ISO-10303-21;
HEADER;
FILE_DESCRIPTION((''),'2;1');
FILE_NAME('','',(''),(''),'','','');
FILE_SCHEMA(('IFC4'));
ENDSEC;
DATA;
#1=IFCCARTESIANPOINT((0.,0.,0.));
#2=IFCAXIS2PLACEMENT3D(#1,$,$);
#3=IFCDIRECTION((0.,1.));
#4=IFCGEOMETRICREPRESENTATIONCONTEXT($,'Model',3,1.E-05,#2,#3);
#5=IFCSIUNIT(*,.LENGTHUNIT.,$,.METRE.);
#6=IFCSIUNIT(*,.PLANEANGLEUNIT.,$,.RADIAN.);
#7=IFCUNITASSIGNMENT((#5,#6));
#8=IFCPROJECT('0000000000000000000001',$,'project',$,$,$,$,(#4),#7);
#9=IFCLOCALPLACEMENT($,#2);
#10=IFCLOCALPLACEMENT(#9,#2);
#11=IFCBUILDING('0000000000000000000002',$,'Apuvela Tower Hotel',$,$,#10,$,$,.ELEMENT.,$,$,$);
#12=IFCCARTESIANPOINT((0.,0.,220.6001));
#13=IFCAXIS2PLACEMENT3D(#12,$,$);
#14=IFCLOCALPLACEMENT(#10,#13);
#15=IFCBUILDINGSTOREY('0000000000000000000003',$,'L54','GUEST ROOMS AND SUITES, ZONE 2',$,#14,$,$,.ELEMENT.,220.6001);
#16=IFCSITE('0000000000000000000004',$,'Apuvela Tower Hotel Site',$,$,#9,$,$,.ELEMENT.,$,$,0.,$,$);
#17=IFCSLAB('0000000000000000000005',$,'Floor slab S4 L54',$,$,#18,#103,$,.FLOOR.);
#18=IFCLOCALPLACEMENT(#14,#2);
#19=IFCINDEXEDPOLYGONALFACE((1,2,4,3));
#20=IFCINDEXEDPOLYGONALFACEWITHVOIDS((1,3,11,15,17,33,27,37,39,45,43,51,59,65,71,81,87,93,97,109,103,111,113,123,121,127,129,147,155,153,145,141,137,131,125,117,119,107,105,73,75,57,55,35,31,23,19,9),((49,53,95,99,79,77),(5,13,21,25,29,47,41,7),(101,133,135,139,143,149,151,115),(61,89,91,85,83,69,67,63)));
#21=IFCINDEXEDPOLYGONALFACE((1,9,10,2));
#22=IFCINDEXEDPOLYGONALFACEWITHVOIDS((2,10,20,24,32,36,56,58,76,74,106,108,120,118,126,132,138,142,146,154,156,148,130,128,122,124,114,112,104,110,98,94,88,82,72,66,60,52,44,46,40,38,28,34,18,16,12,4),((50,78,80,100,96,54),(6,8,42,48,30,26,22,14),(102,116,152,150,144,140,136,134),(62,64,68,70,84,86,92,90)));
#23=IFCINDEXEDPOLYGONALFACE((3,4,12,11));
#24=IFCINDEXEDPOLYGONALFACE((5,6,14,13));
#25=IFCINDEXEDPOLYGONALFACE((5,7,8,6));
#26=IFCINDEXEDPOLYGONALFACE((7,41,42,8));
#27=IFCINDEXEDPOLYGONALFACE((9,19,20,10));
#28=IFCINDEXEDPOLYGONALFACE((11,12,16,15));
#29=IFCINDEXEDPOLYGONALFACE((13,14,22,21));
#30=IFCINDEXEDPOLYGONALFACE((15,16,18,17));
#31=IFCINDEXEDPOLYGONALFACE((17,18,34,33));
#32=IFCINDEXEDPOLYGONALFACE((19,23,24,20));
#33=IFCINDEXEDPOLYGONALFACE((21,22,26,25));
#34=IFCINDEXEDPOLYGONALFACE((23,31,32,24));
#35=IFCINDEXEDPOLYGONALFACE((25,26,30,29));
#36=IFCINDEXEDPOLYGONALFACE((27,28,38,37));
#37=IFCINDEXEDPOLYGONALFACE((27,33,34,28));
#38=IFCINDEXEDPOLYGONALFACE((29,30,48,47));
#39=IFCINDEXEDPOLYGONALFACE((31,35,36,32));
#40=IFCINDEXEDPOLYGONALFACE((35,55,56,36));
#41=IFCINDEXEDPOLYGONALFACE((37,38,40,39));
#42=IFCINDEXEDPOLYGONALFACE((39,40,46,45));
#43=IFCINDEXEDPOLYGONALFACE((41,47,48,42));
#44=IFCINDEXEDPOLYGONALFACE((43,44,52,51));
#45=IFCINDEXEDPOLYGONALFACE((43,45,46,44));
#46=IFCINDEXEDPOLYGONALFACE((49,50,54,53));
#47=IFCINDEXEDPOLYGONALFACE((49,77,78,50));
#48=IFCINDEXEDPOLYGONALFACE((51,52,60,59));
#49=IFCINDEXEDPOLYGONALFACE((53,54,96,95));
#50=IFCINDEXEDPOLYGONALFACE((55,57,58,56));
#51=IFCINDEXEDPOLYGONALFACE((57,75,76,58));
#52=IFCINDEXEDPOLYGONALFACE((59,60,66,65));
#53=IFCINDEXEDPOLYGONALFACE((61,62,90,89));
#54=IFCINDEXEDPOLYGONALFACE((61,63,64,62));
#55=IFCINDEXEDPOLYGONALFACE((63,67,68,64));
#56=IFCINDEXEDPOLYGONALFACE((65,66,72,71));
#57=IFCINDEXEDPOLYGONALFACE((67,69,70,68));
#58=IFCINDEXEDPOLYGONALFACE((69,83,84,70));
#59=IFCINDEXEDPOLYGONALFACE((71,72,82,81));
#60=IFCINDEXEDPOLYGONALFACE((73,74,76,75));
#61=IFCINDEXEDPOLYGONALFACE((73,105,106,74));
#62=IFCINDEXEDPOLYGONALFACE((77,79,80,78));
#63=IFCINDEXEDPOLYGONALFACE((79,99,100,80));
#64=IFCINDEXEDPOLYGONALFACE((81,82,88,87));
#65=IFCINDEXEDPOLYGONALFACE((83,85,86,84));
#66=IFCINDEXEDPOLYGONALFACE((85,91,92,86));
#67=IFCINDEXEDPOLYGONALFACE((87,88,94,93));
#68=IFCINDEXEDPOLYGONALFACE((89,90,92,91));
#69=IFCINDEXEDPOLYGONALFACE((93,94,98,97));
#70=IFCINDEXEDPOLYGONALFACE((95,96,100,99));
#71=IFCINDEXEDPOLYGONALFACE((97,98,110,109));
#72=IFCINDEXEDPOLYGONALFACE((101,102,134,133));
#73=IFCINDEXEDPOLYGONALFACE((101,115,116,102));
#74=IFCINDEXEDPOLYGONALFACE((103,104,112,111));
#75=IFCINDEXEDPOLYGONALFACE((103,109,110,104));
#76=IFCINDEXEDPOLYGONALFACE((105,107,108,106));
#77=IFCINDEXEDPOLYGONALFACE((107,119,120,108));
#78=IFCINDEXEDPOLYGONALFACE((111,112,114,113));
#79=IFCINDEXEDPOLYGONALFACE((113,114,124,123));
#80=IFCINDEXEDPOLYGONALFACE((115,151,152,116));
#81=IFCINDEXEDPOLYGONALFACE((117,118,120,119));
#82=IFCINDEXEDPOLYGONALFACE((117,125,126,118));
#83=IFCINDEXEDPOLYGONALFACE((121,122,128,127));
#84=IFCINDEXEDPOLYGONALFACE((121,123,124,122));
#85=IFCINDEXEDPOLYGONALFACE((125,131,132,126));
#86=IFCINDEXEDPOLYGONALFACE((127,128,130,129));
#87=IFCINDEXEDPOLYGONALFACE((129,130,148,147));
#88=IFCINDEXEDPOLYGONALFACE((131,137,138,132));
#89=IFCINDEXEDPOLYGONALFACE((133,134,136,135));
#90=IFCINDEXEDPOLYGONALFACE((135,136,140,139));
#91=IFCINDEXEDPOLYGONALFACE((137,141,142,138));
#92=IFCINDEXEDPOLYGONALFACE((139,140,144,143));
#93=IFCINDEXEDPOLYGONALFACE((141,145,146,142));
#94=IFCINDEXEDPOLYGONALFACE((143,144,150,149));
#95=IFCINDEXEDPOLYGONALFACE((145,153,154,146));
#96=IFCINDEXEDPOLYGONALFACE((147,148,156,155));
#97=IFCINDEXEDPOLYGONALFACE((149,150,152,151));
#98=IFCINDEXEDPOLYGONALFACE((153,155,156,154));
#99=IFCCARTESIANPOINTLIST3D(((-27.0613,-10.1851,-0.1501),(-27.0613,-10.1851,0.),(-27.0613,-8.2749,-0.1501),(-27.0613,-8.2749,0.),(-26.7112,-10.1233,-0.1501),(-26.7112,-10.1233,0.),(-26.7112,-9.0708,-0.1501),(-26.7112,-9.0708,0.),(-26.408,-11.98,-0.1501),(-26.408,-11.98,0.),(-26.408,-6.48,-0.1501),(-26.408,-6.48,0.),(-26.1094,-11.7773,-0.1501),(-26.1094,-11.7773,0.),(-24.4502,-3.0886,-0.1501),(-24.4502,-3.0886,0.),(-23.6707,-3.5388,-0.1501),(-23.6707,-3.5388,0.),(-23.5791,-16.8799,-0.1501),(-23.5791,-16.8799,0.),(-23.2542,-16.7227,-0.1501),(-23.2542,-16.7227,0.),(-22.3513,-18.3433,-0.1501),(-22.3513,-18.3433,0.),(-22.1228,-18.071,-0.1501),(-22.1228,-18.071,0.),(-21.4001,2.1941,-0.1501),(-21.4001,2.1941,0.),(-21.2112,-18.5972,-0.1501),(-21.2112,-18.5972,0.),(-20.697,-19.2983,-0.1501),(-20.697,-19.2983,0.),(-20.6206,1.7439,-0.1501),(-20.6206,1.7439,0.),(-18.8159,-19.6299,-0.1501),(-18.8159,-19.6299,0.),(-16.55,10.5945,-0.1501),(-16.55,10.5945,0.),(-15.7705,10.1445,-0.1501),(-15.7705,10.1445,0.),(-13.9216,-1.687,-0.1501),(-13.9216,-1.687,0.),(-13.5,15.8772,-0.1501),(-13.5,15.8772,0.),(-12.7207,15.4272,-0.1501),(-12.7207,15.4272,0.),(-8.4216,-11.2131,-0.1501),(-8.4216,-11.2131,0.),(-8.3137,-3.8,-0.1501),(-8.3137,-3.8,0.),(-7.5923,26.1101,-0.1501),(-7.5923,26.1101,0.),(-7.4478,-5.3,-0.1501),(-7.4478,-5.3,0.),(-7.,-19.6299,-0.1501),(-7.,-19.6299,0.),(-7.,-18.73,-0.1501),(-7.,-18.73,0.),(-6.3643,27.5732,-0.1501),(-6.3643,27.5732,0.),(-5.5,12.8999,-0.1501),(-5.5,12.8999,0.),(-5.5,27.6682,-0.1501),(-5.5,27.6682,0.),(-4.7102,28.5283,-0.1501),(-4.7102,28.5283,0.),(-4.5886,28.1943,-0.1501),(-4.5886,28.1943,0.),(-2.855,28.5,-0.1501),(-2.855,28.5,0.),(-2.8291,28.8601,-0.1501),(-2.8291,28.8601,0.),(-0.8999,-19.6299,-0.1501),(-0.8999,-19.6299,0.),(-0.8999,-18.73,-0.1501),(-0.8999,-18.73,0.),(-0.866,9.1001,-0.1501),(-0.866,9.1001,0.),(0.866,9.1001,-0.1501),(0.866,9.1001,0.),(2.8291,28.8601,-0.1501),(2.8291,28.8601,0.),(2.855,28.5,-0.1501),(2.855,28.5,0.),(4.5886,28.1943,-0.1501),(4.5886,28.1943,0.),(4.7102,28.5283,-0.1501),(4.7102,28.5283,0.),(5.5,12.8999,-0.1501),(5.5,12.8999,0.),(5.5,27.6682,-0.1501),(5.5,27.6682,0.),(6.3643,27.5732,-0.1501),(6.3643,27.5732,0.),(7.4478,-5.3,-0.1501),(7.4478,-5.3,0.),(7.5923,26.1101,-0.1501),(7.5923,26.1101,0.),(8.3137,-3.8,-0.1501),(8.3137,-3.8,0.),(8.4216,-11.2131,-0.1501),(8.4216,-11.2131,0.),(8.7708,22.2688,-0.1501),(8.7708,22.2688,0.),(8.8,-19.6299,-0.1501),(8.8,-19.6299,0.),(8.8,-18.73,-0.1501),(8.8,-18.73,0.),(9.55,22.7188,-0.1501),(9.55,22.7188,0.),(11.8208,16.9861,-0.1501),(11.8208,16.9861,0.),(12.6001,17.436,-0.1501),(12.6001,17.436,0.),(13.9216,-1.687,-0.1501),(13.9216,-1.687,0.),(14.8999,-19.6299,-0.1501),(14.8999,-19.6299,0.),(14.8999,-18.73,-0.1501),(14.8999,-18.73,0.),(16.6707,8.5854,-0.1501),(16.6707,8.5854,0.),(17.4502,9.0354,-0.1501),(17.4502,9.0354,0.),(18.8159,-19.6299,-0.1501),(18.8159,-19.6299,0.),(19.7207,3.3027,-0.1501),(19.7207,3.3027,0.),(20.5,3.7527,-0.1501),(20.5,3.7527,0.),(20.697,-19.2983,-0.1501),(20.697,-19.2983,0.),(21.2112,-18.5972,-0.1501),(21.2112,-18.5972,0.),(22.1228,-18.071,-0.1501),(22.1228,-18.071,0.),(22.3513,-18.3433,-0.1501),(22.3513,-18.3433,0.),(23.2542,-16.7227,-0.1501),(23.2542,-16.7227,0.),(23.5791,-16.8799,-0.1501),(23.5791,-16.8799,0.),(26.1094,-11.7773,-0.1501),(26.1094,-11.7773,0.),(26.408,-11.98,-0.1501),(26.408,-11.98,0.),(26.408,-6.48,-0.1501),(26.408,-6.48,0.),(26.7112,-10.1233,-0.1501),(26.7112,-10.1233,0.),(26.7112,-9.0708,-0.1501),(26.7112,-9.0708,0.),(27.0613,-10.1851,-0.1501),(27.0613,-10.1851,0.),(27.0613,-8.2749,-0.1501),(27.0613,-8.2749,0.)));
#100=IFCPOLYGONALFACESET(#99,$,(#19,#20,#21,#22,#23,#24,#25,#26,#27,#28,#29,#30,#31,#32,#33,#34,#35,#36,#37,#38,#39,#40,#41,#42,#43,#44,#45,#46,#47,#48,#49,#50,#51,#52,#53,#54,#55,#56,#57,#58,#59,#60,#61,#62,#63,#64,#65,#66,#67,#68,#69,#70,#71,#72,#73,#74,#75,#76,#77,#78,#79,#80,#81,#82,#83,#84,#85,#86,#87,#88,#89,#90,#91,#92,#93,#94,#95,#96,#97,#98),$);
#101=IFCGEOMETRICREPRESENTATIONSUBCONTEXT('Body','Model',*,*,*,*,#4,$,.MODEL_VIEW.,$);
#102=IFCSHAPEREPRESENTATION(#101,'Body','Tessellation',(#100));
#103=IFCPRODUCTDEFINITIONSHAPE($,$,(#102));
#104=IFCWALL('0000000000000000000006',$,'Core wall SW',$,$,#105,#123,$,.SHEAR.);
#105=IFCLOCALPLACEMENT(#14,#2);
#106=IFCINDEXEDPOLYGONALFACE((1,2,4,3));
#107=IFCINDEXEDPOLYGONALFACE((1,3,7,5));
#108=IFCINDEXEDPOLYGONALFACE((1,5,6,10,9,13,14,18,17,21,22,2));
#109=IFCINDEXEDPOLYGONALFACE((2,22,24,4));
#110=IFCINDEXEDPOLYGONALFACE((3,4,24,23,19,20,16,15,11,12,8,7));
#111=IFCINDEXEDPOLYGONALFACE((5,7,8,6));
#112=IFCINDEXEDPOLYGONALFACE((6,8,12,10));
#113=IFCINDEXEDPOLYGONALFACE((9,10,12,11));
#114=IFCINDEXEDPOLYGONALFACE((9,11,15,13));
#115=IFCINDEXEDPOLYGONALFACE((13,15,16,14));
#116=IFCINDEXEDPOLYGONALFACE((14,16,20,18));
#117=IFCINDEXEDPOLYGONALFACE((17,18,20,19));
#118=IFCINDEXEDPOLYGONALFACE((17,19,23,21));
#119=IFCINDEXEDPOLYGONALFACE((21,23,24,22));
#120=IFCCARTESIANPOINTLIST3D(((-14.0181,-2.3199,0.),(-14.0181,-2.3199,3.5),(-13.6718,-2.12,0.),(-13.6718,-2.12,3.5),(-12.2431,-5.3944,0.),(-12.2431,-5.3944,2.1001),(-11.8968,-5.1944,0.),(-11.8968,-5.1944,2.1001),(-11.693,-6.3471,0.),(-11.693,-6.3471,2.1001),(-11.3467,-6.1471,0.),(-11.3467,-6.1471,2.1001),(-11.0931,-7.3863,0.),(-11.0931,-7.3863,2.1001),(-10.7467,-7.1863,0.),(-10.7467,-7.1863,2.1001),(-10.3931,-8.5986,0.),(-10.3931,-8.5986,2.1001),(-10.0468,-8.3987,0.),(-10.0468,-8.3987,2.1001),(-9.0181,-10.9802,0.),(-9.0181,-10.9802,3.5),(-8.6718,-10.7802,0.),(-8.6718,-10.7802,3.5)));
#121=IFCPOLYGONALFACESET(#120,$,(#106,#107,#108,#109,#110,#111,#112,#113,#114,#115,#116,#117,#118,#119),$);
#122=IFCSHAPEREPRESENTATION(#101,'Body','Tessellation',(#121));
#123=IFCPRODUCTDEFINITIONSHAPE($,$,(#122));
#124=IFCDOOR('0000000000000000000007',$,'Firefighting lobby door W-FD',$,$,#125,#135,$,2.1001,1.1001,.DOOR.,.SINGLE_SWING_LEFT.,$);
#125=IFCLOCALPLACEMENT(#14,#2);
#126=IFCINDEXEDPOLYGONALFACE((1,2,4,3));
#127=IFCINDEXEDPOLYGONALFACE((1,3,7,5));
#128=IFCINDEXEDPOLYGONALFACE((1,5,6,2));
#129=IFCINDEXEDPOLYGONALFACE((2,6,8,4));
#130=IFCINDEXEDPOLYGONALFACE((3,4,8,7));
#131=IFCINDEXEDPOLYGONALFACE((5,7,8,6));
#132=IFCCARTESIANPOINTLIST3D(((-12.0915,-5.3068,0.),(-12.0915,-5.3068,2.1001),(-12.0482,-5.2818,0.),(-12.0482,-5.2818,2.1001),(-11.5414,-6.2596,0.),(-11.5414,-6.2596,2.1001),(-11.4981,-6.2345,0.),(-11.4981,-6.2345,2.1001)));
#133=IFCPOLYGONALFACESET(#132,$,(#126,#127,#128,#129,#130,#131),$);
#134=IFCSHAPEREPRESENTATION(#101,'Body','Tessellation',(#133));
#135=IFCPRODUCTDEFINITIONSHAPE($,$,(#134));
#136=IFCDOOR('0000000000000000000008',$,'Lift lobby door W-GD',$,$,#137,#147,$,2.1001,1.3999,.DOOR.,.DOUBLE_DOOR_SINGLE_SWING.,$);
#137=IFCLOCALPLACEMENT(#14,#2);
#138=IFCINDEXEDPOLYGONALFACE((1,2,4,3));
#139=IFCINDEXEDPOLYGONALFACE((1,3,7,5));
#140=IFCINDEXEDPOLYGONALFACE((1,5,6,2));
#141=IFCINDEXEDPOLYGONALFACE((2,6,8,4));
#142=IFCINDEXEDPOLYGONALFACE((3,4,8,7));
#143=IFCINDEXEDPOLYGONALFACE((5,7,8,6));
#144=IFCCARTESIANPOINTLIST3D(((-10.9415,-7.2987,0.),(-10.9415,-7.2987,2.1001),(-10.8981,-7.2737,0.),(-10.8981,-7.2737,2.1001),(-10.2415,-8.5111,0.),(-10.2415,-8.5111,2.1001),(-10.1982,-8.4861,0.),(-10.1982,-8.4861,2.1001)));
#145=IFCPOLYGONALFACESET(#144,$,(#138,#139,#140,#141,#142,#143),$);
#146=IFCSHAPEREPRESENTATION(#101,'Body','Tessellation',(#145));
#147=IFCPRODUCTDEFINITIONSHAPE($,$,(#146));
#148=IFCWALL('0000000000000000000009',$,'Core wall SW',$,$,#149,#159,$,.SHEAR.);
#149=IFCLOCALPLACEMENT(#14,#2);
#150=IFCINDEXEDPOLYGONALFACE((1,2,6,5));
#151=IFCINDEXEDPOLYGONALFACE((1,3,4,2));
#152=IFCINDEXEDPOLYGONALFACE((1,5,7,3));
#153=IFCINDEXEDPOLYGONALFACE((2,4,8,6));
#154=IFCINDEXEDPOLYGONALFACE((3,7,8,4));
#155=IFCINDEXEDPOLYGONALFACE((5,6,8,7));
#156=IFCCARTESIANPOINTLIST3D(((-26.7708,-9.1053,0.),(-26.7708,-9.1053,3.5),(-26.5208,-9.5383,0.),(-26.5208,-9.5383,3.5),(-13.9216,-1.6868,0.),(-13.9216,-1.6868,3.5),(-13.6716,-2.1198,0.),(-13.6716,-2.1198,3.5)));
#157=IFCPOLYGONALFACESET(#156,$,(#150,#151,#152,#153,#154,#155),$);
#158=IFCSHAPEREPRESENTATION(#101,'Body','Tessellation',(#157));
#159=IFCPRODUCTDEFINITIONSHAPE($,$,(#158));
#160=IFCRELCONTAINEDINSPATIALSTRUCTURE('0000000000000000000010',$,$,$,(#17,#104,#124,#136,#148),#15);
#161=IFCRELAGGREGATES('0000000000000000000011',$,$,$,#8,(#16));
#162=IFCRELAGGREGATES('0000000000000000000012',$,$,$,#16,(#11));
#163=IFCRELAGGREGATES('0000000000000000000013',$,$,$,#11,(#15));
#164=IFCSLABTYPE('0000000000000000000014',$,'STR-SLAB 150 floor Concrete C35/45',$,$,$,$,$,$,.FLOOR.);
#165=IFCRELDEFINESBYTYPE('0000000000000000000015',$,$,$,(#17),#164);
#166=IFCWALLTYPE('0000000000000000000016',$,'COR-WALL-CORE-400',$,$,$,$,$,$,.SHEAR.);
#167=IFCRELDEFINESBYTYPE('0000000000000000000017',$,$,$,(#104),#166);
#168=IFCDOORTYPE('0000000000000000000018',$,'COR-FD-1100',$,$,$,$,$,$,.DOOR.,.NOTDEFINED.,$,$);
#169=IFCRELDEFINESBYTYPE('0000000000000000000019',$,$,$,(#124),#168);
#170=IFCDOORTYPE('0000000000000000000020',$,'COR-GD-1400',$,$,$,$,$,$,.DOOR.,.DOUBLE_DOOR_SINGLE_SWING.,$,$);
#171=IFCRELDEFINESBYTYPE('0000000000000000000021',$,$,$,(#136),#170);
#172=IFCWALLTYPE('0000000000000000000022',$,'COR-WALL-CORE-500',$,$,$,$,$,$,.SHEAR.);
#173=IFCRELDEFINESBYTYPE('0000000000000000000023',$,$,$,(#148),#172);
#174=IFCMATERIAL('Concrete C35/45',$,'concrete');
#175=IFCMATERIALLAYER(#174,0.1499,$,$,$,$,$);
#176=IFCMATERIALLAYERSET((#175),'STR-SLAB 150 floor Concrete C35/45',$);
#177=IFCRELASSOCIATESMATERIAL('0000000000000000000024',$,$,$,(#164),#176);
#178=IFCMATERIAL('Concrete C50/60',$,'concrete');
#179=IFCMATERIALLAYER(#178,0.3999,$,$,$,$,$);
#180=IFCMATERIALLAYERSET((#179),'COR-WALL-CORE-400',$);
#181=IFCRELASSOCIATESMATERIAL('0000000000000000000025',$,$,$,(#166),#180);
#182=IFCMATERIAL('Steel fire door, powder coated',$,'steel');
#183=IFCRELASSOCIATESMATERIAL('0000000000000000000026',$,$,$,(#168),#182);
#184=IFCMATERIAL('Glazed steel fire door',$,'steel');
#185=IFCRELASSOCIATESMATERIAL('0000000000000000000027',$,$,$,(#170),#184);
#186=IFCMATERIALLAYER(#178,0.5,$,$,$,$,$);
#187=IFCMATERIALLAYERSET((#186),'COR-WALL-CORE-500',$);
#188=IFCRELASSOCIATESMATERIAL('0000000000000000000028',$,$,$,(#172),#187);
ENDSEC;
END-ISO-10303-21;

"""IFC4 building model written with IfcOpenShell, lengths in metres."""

from ifc_helpers import new_model, si_unit, direction, frame, frame_2d, origin, place, context, subcontext, project, spatial, polyline, rectangle, outline, extrude, material, layer, layer_set, type_object, element, fill, save


model = new_model("IFC4")

# Units and contexts
model_context = context("Model", 3, precision=1e-05, world=origin(), true_north=direction((0.0, 1.0)))
body_context = subcontext(model_context, "Body", "Model", "MODEL_VIEW")
ifc_project = project(units=[si_unit("LENGTHUNIT", "METRE"), si_unit("PLANEANGLEUNIT", "RADIAN")], contexts=[model_context])

# Site, building, storey
site_placement = place(None, origin())
site = spatial("IfcSite", under=ifc_project, at=site_placement, Name="Apuvela Tower Hotel Site", CompositionType="ELEMENT", RefElevation=0.0)
building_placement = place(site_placement, origin())
building = spatial("IfcBuilding", under=site, at=building_placement, Name="Apuvela Tower Hotel", CompositionType="ELEMENT")
storey_placement = place(building_placement, frame((0.0, 0.0, 220.6001)))
storey = spatial("IfcBuildingStorey", under=building, at=storey_placement, Name="L54", Description="GUEST ROOMS AND SUITES, ZONE 2", CompositionType="ELEMENT", Elevation=220.6001)

# Slab
ifc_material_1 = material(Name="Concrete C35/45", Category="concrete")
ifc_layer_1 = layer(ifc_material_1, 0.1499)
ifc_layer_set_1 = layer_set([ifc_layer_1], Name="STR-SLAB 150 floor Concrete C35/45")
slab_type_1 = type_object("IfcSlabType", Name="STR-SLAB 150 floor Concrete C35/45", PredefinedType="FLOOR", material=ifc_layer_set_1)
slab_1_placement = place(storey_placement, frame((0.0, 0.0, -0.1501)))
element("IfcSlab", 1, at=slab_1_placement, inside=storey, type_object=slab_type_1, Name="Floor slab S4 L54", PredefinedType="FLOOR", context=body_context, shape_type="SweptSolid", body=[
    extrude(outline(polyline([(-6.3643, 27.5732), (-4.7102, 28.5283), (-2.8291, 28.8601), (2.8291, 28.8601), (4.7102, 28.5283), (6.3643, 27.5732), (7.5923, 26.1101), (9.55, 22.7188), (8.7708, 22.2688), (11.8208, 16.9861), (12.6001, 17.436), (17.4502, 9.0354), (16.6707, 8.5854), (19.7207, 3.3027), (20.5, 3.7527), (26.408, -6.48), (27.0613, -8.2749), (27.0613, -10.1851), (26.408, -11.98), (23.5791, -16.8799), (22.3513, -18.3433), (20.697, -19.2983), (18.8159, -19.6299), (14.8999, -19.6299), (14.8999, -18.73), (8.8, -18.73), (8.8, -19.6299), (-0.8999, -19.6299), (-0.8999, -18.73), (-7.0, -18.73), (-7.0, -19.6299), (-18.8159, -19.6299), (-20.697, -19.2983), (-22.3513, -18.3433), (-23.5791, -16.8799), (-26.408, -11.98), (-27.0613, -10.1851), (-27.0613, -8.2749), (-26.408, -6.48), (-24.4502, -3.0886), (-23.6707, -3.5388), (-20.6206, 1.7439), (-21.4001, 2.1941), (-16.55, 10.5945), (-15.7705, 10.1445), (-12.7207, 15.4272), (-13.5, 15.8772), (-7.5923, 26.1101), (-6.3643, 27.5732)]), holes=[polyline([(0.866, 9.1001), (-0.866, 9.1001), (-8.3137, -3.8), (-7.4478, -5.3), (7.4478, -5.3), (8.3137, -3.8), (0.866, 9.1001)]), polyline([(-5.5, 12.8999), (-5.5, 27.6682), (-4.5886, 28.1943), (-2.855, 28.5), (2.855, 28.5), (4.5886, 28.1943), (5.5, 27.6682), (5.5, 12.8999), (-5.5, 12.8999)]), polyline([(-8.4216, -11.2131), (-21.2112, -18.5972), (-22.1228, -18.071), (-23.2542, -16.7227), (-26.1094, -11.7773), (-26.7112, -10.1233), (-26.7112, -9.0708), (-13.9216, -1.687), (-8.4216, -11.2131)]), polyline([(13.9216, -1.687), (26.7112, -9.0708), (26.7112, -10.1233), (26.1094, -11.7773), (23.2542, -16.7227), (22.1228, -18.071), (21.2112, -18.5972), (8.4216, -11.2131), (13.9216, -1.687)])]), origin(), (0.0, 0.0, 1.0), 0.1501),
])

# Wall, openings, doors
ifc_material_2 = material(Name="Concrete C50/60", Category="concrete")
ifc_layer_2 = layer(ifc_material_2, 0.3999)
ifc_layer_set_2 = layer_set([ifc_layer_2], Name="COR-WALL-CORE-400")
wall_type_1 = type_object("IfcWallType", Name="COR-WALL-CORE-400", PredefinedType="SHEAR", material=ifc_layer_set_2)
wall_1_placement = place(storey_placement, frame((-13.845, -2.22, 0.0), z_axis=(0.0, 0.0, 1.0), x_axis=(0.500004, -0.866023, 0.0)))
wall_1 = element("IfcWall", 2, at=wall_1_placement, inside=storey, type_object=wall_type_1, Name="Core wall SW", PredefinedType="SHEAR", context=body_context, shape_type="SweptSolid", body=[
    extrude(rectangle(XDim=10.0, YDim=0.3999, at=frame_2d((5.0, 0.0))), origin(), (0.0, 0.0, 1.0), 3.5),
])
opening_1_placement = place(wall_1_placement, frame((3.55, 0.0, 0.0)))
opening_1 = element("IfcOpeningElement", 3, at=opening_1_placement, cuts=wall_1, PredefinedType="OPENING", context=body_context, shape_type="SweptSolid", body=[
    extrude(rectangle(XDim=1.1001, YDim=2.1001, at=frame_2d((0.55, 1.05))), frame((0.0, 0.21, 0.0), z_axis=(0.0, -1.0, 0.0), x_axis=(1.0, 0.0, 0.0)), (0.0, 0.0, 1.0), 0.4199),
])
opening_2_placement = place(wall_1_placement, frame((5.8501, 0.0, 0.0)))
opening_2 = element("IfcOpeningElement", 4, at=opening_2_placement, cuts=wall_1, PredefinedType="OPENING", context=body_context, shape_type="SweptSolid", body=[
    extrude(rectangle(XDim=1.3999, YDim=2.1001, at=frame_2d((0.7, 1.05))), frame((0.0, 0.21, 0.0), z_axis=(0.0, -1.0, 0.0), x_axis=(1.0, 0.0, 0.0)), (0.0, 0.0, 1.0), 0.4199),
])
ifc_material_3 = material(Name="Steel fire door, powder coated", Category="steel")
door_type_1 = type_object("IfcDoorType", Name="COR-FD-1100", OperationType="NOTDEFINED", PredefinedType="DOOR", material=ifc_material_3)
door_1_placement = place(opening_1_placement, frame((1.1001, 0.0, 0.0), z_axis=(0.0, 0.0, 1.0), x_axis=(-1.0, 0.0, 0.0)))
door_1 = element("IfcDoor", 5, at=door_1_placement, inside=storey, type_object=door_type_1, Name="Firefighting lobby door W-FD", OperationType="SINGLE_SWING_LEFT", OverallHeight=2.1001, OverallWidth=1.1001, PredefinedType="DOOR", context=body_context, shape_type="SweptSolid", body=[
    extrude(rectangle(XDim=1.1001, YDim=2.1001, at=frame_2d((0.55, 1.05))), frame((0.0, 0.0249, 0.0), z_axis=(0.0, -1.0, 0.0), x_axis=(1.0, 0.0, 0.0)), (0.0, 0.0, 1.0), 0.05),
])
fill(opening_1, door_1)
ifc_material_4 = material(Name="Glazed steel fire door", Category="steel")
door_type_2 = type_object("IfcDoorType", Name="COR-GD-1400", OperationType="DOUBLE_DOOR_SINGLE_SWING", PredefinedType="DOOR", material=ifc_material_4)
door_2_placement = place(opening_2_placement, frame((1.3999, 0.0, 0.0), z_axis=(0.0, 0.0, 1.0), x_axis=(-1.0, 0.0, 0.0)))
door_2 = element("IfcDoor", 6, at=door_2_placement, inside=storey, type_object=door_type_2, Name="Lift lobby door W-GD", OperationType="DOUBLE_DOOR_SINGLE_SWING", OverallHeight=2.1001, OverallWidth=1.3999, PredefinedType="DOOR", context=body_context, shape_type="SweptSolid", body=[
    extrude(rectangle(XDim=1.3999, YDim=2.1001, at=frame_2d((0.7, 1.05))), frame((0.0, 0.0249, 0.0), z_axis=(0.0, -1.0, 0.0), x_axis=(1.0, 0.0, 0.0)), (0.0, 0.0, 1.0), 0.05),
])
fill(opening_2, door_2)

# Wall
ifc_layer_3 = layer(ifc_material_2, 0.5)
ifc_layer_set_3 = layer_set([ifc_layer_3], Name="COR-WALL-CORE-500")
wall_type_2 = type_object("IfcWallType", Name="COR-WALL-CORE-500", PredefinedType="SHEAR", material=ifc_layer_set_3)
wall_2_placement = place(storey_placement, frame((-13.7966, -1.9033, 0.0), z_axis=(0.0, 0.0, 1.0), x_axis=(-0.866025, -0.500001, 0.0)))
element("IfcWall", 7, at=wall_2_placement, inside=storey, type_object=wall_type_2, Name="Core wall SW", PredefinedType="SHEAR", context=body_context, shape_type="SweptSolid", body=[
    extrude(rectangle(XDim=14.8369, YDim=0.5, at=frame_2d((7.4185, 0.0))), origin(), (0.0, 0.0, 1.0), 3.5),
])

save(model, "model.ifc")
